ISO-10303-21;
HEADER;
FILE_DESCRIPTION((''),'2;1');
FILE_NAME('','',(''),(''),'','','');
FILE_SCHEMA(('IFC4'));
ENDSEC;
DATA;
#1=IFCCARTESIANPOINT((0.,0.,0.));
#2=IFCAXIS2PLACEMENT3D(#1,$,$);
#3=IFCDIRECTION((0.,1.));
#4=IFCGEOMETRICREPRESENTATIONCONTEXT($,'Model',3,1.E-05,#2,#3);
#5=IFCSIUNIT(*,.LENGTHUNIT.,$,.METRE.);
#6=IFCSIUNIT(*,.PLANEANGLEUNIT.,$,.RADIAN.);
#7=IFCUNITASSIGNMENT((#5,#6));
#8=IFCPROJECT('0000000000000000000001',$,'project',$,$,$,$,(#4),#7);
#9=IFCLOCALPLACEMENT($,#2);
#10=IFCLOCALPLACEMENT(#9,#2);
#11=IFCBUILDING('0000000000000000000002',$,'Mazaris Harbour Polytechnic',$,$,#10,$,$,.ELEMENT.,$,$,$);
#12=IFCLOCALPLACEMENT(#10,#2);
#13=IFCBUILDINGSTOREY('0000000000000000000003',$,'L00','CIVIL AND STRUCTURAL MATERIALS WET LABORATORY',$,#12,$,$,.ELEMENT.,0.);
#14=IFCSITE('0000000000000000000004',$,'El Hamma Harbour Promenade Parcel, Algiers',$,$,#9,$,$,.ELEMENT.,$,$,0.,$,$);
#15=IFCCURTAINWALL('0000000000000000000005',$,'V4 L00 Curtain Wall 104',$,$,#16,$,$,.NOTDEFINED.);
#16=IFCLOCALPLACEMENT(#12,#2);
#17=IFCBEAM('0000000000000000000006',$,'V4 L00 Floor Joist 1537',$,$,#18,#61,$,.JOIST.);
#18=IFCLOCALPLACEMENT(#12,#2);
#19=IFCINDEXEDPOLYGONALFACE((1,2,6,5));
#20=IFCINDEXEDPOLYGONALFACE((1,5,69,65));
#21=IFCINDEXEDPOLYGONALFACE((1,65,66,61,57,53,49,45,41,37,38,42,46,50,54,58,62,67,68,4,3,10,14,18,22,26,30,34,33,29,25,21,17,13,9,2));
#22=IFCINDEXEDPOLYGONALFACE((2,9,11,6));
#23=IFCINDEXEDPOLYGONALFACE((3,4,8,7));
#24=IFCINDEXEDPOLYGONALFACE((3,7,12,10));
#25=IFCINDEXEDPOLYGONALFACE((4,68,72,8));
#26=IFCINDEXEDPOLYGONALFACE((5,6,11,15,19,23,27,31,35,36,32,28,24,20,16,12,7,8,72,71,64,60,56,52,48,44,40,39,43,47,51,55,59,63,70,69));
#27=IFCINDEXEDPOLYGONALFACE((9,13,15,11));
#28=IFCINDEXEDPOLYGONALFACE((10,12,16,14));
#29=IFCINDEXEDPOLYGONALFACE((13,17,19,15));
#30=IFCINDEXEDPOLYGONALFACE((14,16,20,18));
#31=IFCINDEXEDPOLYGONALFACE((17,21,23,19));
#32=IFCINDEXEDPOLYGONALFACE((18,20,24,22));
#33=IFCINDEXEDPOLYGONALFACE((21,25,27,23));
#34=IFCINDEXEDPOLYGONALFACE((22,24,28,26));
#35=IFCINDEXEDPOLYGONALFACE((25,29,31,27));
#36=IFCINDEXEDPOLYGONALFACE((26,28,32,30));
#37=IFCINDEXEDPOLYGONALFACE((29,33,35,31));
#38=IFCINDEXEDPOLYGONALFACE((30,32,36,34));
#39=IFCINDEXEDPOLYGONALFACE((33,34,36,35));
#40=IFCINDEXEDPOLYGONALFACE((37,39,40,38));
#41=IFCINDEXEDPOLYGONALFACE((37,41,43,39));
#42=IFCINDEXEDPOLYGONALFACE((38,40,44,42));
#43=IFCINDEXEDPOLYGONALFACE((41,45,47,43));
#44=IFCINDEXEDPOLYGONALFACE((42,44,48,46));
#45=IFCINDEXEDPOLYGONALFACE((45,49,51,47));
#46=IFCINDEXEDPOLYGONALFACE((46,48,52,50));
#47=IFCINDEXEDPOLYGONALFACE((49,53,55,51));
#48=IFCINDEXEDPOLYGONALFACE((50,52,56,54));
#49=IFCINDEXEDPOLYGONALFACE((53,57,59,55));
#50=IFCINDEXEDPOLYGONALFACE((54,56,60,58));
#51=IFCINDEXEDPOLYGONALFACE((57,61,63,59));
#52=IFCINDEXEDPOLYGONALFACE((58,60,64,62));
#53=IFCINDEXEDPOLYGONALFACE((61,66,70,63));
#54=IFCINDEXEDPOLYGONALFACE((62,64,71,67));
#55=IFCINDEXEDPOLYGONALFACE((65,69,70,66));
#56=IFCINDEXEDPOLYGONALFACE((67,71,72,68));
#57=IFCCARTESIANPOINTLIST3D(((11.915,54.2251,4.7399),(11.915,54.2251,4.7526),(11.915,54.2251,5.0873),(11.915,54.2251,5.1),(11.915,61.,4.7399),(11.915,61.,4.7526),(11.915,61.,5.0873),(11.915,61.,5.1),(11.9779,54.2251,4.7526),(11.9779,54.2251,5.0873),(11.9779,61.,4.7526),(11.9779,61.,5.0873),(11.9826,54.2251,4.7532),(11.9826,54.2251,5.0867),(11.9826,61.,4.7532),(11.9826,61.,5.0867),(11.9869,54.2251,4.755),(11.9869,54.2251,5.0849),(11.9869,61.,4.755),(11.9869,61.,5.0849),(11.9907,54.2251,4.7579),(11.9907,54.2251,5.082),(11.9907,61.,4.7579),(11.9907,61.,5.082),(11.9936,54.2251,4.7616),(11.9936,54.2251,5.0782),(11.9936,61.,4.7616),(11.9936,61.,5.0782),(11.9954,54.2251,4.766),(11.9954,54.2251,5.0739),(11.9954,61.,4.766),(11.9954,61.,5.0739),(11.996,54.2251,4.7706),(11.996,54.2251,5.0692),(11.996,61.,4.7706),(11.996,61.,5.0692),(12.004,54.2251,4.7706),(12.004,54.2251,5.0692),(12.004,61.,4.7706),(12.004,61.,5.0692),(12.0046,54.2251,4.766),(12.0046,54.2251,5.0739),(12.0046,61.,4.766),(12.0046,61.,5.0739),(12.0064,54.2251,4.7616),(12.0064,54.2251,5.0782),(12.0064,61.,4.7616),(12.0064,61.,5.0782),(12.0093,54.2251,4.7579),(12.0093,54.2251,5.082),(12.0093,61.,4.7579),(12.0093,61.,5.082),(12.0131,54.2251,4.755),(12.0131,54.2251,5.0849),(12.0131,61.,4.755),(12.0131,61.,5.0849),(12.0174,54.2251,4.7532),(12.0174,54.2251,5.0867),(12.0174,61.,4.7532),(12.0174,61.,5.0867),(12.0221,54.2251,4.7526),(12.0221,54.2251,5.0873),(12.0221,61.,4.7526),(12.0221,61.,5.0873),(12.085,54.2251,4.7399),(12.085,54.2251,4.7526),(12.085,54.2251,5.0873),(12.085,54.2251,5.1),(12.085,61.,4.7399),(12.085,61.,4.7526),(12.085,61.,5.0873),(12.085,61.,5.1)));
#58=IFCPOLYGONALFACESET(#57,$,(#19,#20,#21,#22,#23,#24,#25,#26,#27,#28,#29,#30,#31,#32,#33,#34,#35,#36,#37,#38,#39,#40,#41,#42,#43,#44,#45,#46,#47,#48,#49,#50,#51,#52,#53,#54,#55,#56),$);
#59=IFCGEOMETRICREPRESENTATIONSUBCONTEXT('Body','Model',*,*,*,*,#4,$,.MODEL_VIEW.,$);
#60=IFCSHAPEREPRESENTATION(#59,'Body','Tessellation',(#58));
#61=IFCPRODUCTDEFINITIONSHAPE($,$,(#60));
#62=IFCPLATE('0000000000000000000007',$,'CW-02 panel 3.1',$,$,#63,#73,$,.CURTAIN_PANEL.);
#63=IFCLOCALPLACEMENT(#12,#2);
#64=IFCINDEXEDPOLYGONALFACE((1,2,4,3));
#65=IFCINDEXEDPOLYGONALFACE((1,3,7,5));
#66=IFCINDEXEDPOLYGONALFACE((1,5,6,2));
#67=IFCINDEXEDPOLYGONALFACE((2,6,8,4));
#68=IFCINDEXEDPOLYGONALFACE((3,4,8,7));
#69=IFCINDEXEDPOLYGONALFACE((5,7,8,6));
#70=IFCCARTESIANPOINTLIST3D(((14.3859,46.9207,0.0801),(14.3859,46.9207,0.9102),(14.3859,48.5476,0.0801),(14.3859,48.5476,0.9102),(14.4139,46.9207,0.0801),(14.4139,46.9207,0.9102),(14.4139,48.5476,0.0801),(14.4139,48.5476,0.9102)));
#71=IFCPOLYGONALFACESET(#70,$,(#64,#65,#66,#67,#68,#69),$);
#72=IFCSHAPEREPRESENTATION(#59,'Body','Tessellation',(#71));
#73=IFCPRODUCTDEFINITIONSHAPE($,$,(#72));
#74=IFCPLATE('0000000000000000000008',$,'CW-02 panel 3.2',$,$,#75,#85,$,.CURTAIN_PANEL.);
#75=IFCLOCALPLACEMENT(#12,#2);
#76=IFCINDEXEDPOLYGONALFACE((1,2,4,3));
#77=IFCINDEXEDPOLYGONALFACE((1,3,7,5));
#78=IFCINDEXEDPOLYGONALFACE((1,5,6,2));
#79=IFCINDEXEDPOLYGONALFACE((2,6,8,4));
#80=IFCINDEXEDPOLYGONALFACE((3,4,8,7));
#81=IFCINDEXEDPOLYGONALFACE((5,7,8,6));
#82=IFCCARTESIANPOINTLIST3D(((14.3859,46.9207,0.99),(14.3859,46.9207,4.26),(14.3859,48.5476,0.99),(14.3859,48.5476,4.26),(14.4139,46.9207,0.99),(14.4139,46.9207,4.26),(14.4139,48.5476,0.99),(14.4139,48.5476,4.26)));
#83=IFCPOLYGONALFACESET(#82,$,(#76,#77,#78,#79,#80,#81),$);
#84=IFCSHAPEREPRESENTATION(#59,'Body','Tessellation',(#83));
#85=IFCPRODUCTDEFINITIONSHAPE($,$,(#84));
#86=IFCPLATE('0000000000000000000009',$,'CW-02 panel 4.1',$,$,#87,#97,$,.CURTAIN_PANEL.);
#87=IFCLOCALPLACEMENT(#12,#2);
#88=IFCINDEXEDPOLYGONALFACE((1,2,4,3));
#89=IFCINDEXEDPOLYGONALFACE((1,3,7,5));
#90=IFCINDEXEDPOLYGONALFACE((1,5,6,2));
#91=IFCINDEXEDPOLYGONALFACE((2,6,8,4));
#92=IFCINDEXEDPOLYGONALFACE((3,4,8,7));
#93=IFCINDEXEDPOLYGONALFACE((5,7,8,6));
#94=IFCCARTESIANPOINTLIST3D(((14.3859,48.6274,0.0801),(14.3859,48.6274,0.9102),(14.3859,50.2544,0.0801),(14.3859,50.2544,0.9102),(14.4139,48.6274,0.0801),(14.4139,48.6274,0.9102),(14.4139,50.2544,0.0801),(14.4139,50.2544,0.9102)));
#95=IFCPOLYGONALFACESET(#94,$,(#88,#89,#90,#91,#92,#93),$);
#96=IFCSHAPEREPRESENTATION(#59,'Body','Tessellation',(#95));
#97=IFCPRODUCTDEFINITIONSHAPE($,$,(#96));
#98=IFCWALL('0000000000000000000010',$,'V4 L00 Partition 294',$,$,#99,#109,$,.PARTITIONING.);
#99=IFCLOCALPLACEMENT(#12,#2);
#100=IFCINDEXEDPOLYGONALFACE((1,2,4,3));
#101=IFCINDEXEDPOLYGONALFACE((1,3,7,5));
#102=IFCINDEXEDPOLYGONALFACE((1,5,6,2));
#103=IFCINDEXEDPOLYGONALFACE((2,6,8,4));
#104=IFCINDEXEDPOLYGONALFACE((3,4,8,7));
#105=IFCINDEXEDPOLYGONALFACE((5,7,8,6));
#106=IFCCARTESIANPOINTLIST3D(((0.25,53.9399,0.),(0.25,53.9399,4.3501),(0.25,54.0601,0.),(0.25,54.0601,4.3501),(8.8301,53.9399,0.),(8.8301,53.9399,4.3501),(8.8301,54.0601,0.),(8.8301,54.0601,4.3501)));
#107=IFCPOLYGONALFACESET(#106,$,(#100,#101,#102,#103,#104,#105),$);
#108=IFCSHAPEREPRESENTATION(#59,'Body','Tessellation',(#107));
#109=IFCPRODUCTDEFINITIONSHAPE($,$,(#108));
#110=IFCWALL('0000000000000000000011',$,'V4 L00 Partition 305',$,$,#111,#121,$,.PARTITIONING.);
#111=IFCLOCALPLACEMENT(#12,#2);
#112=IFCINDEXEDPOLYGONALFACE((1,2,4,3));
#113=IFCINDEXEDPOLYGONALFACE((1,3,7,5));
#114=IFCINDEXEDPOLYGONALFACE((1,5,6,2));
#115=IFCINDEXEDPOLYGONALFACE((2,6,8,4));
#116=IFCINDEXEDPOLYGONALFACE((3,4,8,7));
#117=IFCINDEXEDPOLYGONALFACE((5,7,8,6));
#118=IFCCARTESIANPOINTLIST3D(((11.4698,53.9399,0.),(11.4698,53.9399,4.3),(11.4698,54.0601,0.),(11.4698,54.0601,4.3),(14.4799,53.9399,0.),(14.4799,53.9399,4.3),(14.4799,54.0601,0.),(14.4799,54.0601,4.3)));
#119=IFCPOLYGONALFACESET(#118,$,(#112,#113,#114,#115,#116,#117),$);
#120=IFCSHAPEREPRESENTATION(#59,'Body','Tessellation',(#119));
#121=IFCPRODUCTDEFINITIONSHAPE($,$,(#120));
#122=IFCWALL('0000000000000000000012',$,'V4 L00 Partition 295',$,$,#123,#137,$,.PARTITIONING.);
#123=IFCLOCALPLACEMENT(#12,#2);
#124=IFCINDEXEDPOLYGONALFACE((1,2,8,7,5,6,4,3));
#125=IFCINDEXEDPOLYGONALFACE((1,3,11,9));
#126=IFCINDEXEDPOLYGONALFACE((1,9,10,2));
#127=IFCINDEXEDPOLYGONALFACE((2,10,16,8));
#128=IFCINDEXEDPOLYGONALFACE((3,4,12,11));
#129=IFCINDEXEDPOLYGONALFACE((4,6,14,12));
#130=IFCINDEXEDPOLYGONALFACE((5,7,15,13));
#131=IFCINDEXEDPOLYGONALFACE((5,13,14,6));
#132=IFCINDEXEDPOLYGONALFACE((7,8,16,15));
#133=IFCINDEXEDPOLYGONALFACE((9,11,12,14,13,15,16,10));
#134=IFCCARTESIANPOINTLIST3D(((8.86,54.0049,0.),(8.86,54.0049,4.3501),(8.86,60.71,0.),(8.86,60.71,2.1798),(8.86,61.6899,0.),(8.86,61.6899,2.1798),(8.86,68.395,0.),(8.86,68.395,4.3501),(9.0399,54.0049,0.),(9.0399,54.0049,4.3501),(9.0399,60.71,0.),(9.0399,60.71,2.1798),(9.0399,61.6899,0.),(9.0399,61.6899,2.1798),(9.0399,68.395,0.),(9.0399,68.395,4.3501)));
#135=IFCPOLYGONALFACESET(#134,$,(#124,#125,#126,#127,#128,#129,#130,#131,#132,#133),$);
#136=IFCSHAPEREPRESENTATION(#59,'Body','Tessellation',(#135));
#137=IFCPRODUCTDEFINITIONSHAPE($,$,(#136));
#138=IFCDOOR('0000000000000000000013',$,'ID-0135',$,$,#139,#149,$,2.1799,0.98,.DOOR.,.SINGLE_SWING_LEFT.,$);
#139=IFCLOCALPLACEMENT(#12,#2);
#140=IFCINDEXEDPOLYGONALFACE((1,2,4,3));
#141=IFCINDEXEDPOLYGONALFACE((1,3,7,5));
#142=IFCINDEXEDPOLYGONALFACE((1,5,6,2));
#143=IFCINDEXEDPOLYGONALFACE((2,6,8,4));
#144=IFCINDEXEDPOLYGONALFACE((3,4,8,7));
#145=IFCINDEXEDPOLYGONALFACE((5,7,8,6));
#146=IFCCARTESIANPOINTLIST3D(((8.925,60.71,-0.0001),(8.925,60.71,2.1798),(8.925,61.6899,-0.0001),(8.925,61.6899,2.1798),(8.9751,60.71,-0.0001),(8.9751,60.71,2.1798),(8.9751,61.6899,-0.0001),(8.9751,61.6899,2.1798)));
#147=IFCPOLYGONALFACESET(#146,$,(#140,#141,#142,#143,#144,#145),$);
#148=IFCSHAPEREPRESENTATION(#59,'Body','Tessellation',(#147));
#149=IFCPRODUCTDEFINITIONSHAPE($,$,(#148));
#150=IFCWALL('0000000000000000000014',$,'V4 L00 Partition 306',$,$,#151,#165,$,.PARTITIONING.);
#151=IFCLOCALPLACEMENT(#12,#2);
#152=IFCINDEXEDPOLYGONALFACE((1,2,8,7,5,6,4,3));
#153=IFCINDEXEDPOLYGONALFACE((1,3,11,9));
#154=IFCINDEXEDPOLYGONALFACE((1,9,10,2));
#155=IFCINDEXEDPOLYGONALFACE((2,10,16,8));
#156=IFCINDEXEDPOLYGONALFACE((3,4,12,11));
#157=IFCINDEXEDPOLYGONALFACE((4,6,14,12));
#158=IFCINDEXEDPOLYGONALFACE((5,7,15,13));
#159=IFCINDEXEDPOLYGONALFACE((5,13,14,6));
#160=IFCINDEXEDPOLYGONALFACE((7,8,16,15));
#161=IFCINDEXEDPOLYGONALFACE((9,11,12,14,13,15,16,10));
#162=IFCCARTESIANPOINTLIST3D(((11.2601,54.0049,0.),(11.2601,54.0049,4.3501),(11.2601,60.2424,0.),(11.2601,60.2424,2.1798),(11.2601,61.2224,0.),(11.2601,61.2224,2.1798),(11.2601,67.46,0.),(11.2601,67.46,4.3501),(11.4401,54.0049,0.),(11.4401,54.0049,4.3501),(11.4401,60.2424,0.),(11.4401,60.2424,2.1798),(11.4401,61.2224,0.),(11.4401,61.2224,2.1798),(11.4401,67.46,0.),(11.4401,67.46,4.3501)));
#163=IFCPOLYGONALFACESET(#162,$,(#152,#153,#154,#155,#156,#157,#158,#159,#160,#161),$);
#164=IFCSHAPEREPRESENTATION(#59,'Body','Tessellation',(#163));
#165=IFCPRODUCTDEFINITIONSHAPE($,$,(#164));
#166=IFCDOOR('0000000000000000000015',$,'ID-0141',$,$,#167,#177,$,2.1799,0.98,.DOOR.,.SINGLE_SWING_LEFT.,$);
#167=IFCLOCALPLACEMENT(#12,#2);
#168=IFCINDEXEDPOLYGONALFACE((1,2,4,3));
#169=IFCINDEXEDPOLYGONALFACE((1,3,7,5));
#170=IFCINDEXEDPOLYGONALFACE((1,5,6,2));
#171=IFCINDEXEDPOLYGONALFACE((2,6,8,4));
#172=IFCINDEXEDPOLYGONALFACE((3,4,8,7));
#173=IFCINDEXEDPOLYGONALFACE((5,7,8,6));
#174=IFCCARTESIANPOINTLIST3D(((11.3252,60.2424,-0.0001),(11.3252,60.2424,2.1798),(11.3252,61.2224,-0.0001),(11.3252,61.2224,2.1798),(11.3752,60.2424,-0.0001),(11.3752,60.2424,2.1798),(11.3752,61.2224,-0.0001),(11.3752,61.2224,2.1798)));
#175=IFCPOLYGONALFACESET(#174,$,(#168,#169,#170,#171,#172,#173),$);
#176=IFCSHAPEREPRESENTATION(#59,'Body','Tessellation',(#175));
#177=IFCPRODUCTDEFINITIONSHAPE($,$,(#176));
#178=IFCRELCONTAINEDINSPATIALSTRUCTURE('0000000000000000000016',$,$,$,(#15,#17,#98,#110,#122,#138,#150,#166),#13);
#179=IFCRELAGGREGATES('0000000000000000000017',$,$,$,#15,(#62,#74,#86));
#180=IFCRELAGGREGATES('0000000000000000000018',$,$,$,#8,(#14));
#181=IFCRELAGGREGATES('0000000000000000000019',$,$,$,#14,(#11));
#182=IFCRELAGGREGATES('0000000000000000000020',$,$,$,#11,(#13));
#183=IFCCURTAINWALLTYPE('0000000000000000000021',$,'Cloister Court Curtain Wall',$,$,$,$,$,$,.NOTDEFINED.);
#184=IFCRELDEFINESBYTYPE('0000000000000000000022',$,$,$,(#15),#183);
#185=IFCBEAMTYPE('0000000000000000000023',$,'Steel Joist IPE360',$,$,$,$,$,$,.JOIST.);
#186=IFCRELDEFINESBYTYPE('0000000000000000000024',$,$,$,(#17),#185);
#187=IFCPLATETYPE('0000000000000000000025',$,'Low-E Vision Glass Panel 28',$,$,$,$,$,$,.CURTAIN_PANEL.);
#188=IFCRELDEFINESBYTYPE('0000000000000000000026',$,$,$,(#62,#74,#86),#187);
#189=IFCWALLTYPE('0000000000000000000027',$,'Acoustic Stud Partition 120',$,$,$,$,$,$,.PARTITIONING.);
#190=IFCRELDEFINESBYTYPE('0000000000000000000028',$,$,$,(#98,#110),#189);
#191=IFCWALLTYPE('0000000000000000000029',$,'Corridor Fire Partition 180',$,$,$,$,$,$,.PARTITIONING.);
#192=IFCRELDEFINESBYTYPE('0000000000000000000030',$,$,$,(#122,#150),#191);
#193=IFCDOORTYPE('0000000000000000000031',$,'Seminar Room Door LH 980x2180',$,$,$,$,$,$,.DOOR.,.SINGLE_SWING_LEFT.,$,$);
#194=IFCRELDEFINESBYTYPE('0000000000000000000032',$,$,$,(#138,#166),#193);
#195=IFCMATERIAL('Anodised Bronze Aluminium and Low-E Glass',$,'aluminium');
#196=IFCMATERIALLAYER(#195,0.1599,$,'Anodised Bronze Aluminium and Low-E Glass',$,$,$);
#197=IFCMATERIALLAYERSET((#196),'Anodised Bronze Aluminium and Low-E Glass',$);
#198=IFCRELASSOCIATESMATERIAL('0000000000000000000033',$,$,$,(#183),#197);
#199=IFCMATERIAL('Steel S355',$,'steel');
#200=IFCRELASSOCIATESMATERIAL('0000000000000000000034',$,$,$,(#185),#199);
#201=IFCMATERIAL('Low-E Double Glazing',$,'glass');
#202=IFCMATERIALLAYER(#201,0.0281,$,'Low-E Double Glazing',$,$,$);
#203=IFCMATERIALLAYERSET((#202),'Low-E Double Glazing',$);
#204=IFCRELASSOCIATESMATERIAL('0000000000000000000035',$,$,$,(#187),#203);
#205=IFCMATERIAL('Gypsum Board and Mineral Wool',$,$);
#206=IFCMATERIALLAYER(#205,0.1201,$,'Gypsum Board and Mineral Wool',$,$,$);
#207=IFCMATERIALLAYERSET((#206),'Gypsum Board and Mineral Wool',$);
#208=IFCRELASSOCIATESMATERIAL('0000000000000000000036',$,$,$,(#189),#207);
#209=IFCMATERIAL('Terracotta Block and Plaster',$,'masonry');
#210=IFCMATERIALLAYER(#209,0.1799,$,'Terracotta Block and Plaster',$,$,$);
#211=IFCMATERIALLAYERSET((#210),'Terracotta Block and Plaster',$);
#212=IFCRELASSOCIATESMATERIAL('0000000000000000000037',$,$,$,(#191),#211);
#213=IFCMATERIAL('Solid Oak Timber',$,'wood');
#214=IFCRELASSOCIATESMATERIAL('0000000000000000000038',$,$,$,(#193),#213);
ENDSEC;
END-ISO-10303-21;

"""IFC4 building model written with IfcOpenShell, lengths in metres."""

from ifc_helpers import new_model, si_unit, direction, frame, frame_2d, origin, origin_2d, place, context, subcontext, project, spatial, rectangle, i_section, extrude, material, layer, layer_set, material_profile, profile_set, type_object, element, fill, aggregate, save


model = new_model("IFC4")

# Units and contexts
model_context = context("Model", 3, precision=1e-05, world=origin(), true_north=direction((0.0, 1.0)))
body_context = subcontext(model_context, "Body", "Model", "MODEL_VIEW")
ifc_project = project(units=[si_unit("LENGTHUNIT", "METRE"), si_unit("PLANEANGLEUNIT", "RADIAN")], contexts=[model_context])

# Site, building, storey
site_placement = place(None, origin())
site = spatial("IfcSite", under=ifc_project, at=site_placement, Name="El Hamma Harbour Promenade Parcel, Algiers", CompositionType="ELEMENT", RefElevation=0.0)
building_placement = place(site_placement, origin())
building = spatial("IfcBuilding", under=site, at=building_placement, Name="Mazaris Harbour Polytechnic", CompositionType="ELEMENT")
storey_placement = place(building_placement, origin())
storey = spatial("IfcBuildingStorey", under=building, at=storey_placement, Name="L00", Description="CIVIL AND STRUCTURAL MATERIALS WET LABORATORY", CompositionType="ELEMENT", Elevation=0.0)

# Curtain wall
ifc_material_1 = material(Name="Anodised Bronze Aluminium and Low-E Glass", Category="aluminium")
ifc_layer_1 = layer(ifc_material_1, 0.1599, Name="Anodised Bronze Aluminium and Low-E Glass")
ifc_layer_set_1 = layer_set([ifc_layer_1], Name="Anodised Bronze Aluminium and Low-E Glass")
curtain_wall_type = type_object("IfcCurtainWallType", Name="Cloister Court Curtain Wall", PredefinedType="NOTDEFINED", material=ifc_layer_set_1)
curtain_wall_placement = place(storey_placement, origin())
curtain_wall = element("IfcCurtainWall", 1, at=curtain_wall_placement, inside=storey, type_object=curtain_wall_type, Name="V4 L00 Curtain Wall 104", PredefinedType="NOTDEFINED")

# Beam
ifc_material_2 = material(Name="Steel S355", Category="steel")
ifc_material_profile_1 = material_profile(ifc_material_2, i_section(OverallWidth=0.1699, OverallDepth=0.3601, WebThickness=0.0081, FlangeThickness=0.0127, FilletRadius=0.0181, at=origin_2d()), Name="IPE 360")
ifc_profile_set_1 = profile_set([ifc_material_profile_1], Name="Steel S355")
beam_type_1 = type_object("IfcBeamType", Name="Steel Joist IPE360", PredefinedType="JOIST", material=ifc_profile_set_1)
beam_1_placement = place(storey_placement, frame((12.0, 54.2251, 4.9199), z_axis=(0.0, 1.0, 0.0), x_axis=(-1.0, 0.0, 0.0)))
element("IfcBeam", 2, at=beam_1_placement, inside=storey, type_object=beam_type_1, Name="V4 L00 Floor Joist 1537", PredefinedType="JOIST", context=body_context, shape_type="SweptSolid", body=[
    extrude(i_section(OverallWidth=0.1699, OverallDepth=0.3601, WebThickness=0.0081, FlangeThickness=0.0127, FilletRadius=0.0181, at=origin_2d()), origin(), (0.0, 0.0, 1.0), 6.7749),
])

# Plates
ifc_material_3 = material(Name="Low-E Double Glazing", Category="glass")
ifc_layer_2 = layer(ifc_material_3, 0.0281, Name="Low-E Double Glazing")
ifc_layer_set_2 = layer_set([ifc_layer_2], Name="Low-E Double Glazing")
plate_type = type_object("IfcPlateType", Name="Low-E Vision Glass Panel 28", PredefinedType="CURTAIN_PANEL", material=ifc_layer_set_2)
plate_1_placement = place(storey_placement, frame((14.3999, 47.7341, 0.0801), z_axis=(0.0, 0.0, 1.0), x_axis=(0.0, 1.0, 0.0)))
plate_1 = element("IfcPlate", 3, at=plate_1_placement, type_object=plate_type, Name="CW-02 panel 3.1", PredefinedType="CURTAIN_PANEL", context=body_context, shape_type="SweptSolid", body=[
    extrude(rectangle(XDim=1.627, YDim=0.0281, at=origin_2d()), origin(), (0.0, 0.0, 1.0), 0.8301),
])
plate_2_placement = place(storey_placement, frame((14.3999, 47.7341, 0.99), z_axis=(0.0, 0.0, 1.0), x_axis=(0.0, 1.0, 0.0)))
plate_2 = element("IfcPlate", 4, at=plate_2_placement, type_object=plate_type, Name="CW-02 panel 3.2", PredefinedType="CURTAIN_PANEL", context=body_context, shape_type="SweptSolid", body=[
    extrude(rectangle(XDim=1.627, YDim=0.0281, at=origin_2d()), origin(), (0.0, 0.0, 1.0), 3.27),
])
plate_3_placement = place(storey_placement, frame((14.3999, 49.4409, 0.0801), z_axis=(0.0, 0.0, 1.0), x_axis=(0.0, 1.0, 0.0)))
plate_3 = element("IfcPlate", 5, at=plate_3_placement, type_object=plate_type, Name="CW-02 panel 4.1", PredefinedType="CURTAIN_PANEL", context=body_context, shape_type="SweptSolid", body=[
    extrude(rectangle(XDim=1.627, YDim=0.0281, at=origin_2d()), origin(), (0.0, 0.0, 1.0), 0.8301),
])
aggregate(curtain_wall, [plate_1, plate_2, plate_3])

# Walls
ifc_material_4 = material(Name="Gypsum Board and Mineral Wool")
ifc_layer_3 = layer(ifc_material_4, 0.1201, Name="Gypsum Board and Mineral Wool")
ifc_layer_set_3 = layer_set([ifc_layer_3], Name="Gypsum Board and Mineral Wool")
wall_type_1 = type_object("IfcWallType", Name="Acoustic Stud Partition 120", PredefinedType="PARTITIONING", material=ifc_layer_set_3)
wall_1_placement = place(storey_placement, frame((0.25, 54.0, 0.0), z_axis=(0.0, 0.0, 1.0), x_axis=(1.0, 0.0, 0.0)))
element("IfcWall", 6, at=wall_1_placement, inside=storey, type_object=wall_type_1, Name="V4 L00 Partition 294", PredefinedType="PARTITIONING", context=body_context, shape_type="SweptSolid", body=[
    extrude(rectangle(XDim=8.5801, YDim=0.1201, at=frame_2d((4.29, 0.0))), origin(), (0.0, 0.0, 1.0), 4.3501),
])
wall_2_placement = place(storey_placement, frame((11.47, 54.0, 0.0), z_axis=(0.0, 0.0, 1.0), x_axis=(1.0, 0.0, 0.0)))
element("IfcWall", 7, at=wall_2_placement, inside=storey, type_object=wall_type_1, Name="V4 L00 Partition 305", PredefinedType="PARTITIONING", context=body_context, shape_type="SweptSolid", body=[
    extrude(rectangle(XDim=3.01, YDim=0.1201, at=frame_2d((1.5049, 0.0))), origin(), (0.0, 0.0, 1.0), 4.3),
])

# Walls, openings, doors
ifc_material_5 = material(Name="Terracotta Block and Plaster", Category="masonry")
ifc_layer_4 = layer(ifc_material_5, 0.1799, Name="Terracotta Block and Plaster")
ifc_layer_set_4 = layer_set([ifc_layer_4], Name="Terracotta Block and Plaster")
wall_type_2 = type_object("IfcWallType", Name="Corridor Fire Partition 180", PredefinedType="PARTITIONING", material=ifc_layer_set_4)
wall_3_placement = place(storey_placement, frame((8.95, 54.0049, 0.0), z_axis=(0.0, 0.0, 1.0), x_axis=(0.0, 1.0, 0.0)))
wall_3 = element("IfcWall", 8, at=wall_3_placement, inside=storey, type_object=wall_type_2, Name="V4 L00 Partition 295", PredefinedType="PARTITIONING", context=body_context, shape_type="SweptSolid", body=[
    extrude(rectangle(XDim=14.3901, YDim=0.1799, at=frame_2d((7.1951, 0.0))), origin(), (0.0, 0.0, 1.0), 4.3501),
])
opening_1_placement = place(wall_3_placement, frame((6.7051, 0.0, 0.0)))
opening_1 = element("IfcOpeningElement", 9, at=opening_1_placement, cuts=wall_3, PredefinedType="OPENING", context=body_context, shape_type="SweptSolid", body=[
    extrude(rectangle(XDim=0.98, YDim=2.1799, at=frame_2d((0.49, 1.0898))), frame((0.0, 0.0999, 0.0), z_axis=(0.0, -1.0, 0.0), x_axis=(1.0, 0.0, 0.0)), (0.0, 0.0, 1.0), 0.2),
])
ifc_material_6 = material(Name="Solid Oak Timber", Category="wood")
door_type = type_object("IfcDoorType", Name="Seminar Room Door LH 980x2180", OperationType="SINGLE_SWING_LEFT", PredefinedType="DOOR", material=ifc_material_6)
door_1_placement = place(opening_1_placement, origin())
door_1 = element("IfcDoor", 10, at=door_1_placement, inside=storey, type_object=door_type, Name="ID-0135", OperationType="SINGLE_SWING_LEFT", OverallHeight=2.1799, OverallWidth=0.98, PredefinedType="DOOR", context=body_context, shape_type="SweptSolid", body=[
    extrude(rectangle(XDim=0.98, YDim=2.1799, at=frame_2d((0.49, 1.0898))), frame((0.0, 0.0249, 0.0), z_axis=(0.0, -1.0, 0.0), x_axis=(1.0, 0.0, 0.0)), (0.0, 0.0, 1.0), 0.05),
])
fill(opening_1, door_1)
wall_4_placement = place(storey_placement, frame((11.3501, 54.0049, 0.0), z_axis=(0.0, 0.0, 1.0), x_axis=(0.0, 1.0, 0.0)))
wall_4 = element("IfcWall", 11, at=wall_4_placement, inside=storey, type_object=wall_type_2, Name="V4 L00 Partition 306", PredefinedType="PARTITIONING", context=body_context, shape_type="SweptSolid", body=[
    extrude(rectangle(XDim=13.4551, YDim=0.1799, at=frame_2d((6.7275, 0.0))), origin(), (0.0, 0.0, 1.0), 4.3501),
])
opening_2_placement = place(wall_4_placement, frame((6.2375, 0.0, 0.0)))
opening_2 = element("IfcOpeningElement", 12, at=opening_2_placement, cuts=wall_4, PredefinedType="OPENING", context=body_context, shape_type="SweptSolid", body=[
    extrude(rectangle(XDim=0.98, YDim=2.1799, at=frame_2d((0.49, 1.0898))), frame((0.0, 0.0999, 0.0), z_axis=(0.0, -1.0, 0.0), x_axis=(1.0, 0.0, 0.0)), (0.0, 0.0, 1.0), 0.2),
])
door_2_placement = place(opening_2_placement, origin())
door_2 = element("IfcDoor", 13, at=door_2_placement, inside=storey, type_object=door_type, Name="ID-0141", OperationType="SINGLE_SWING_LEFT", OverallHeight=2.1799, OverallWidth=0.98, PredefinedType="DOOR", context=body_context, shape_type="SweptSolid", body=[
    extrude(rectangle(XDim=0.98, YDim=2.1799, at=frame_2d((0.49, 1.0898))), frame((0.0, 0.0249, 0.0), z_axis=(0.0, -1.0, 0.0), x_axis=(1.0, 0.0, 0.0)), (0.0, 0.0, 1.0), 0.05),
])
fill(opening_2, door_2)

save(model, "model.ifc")
